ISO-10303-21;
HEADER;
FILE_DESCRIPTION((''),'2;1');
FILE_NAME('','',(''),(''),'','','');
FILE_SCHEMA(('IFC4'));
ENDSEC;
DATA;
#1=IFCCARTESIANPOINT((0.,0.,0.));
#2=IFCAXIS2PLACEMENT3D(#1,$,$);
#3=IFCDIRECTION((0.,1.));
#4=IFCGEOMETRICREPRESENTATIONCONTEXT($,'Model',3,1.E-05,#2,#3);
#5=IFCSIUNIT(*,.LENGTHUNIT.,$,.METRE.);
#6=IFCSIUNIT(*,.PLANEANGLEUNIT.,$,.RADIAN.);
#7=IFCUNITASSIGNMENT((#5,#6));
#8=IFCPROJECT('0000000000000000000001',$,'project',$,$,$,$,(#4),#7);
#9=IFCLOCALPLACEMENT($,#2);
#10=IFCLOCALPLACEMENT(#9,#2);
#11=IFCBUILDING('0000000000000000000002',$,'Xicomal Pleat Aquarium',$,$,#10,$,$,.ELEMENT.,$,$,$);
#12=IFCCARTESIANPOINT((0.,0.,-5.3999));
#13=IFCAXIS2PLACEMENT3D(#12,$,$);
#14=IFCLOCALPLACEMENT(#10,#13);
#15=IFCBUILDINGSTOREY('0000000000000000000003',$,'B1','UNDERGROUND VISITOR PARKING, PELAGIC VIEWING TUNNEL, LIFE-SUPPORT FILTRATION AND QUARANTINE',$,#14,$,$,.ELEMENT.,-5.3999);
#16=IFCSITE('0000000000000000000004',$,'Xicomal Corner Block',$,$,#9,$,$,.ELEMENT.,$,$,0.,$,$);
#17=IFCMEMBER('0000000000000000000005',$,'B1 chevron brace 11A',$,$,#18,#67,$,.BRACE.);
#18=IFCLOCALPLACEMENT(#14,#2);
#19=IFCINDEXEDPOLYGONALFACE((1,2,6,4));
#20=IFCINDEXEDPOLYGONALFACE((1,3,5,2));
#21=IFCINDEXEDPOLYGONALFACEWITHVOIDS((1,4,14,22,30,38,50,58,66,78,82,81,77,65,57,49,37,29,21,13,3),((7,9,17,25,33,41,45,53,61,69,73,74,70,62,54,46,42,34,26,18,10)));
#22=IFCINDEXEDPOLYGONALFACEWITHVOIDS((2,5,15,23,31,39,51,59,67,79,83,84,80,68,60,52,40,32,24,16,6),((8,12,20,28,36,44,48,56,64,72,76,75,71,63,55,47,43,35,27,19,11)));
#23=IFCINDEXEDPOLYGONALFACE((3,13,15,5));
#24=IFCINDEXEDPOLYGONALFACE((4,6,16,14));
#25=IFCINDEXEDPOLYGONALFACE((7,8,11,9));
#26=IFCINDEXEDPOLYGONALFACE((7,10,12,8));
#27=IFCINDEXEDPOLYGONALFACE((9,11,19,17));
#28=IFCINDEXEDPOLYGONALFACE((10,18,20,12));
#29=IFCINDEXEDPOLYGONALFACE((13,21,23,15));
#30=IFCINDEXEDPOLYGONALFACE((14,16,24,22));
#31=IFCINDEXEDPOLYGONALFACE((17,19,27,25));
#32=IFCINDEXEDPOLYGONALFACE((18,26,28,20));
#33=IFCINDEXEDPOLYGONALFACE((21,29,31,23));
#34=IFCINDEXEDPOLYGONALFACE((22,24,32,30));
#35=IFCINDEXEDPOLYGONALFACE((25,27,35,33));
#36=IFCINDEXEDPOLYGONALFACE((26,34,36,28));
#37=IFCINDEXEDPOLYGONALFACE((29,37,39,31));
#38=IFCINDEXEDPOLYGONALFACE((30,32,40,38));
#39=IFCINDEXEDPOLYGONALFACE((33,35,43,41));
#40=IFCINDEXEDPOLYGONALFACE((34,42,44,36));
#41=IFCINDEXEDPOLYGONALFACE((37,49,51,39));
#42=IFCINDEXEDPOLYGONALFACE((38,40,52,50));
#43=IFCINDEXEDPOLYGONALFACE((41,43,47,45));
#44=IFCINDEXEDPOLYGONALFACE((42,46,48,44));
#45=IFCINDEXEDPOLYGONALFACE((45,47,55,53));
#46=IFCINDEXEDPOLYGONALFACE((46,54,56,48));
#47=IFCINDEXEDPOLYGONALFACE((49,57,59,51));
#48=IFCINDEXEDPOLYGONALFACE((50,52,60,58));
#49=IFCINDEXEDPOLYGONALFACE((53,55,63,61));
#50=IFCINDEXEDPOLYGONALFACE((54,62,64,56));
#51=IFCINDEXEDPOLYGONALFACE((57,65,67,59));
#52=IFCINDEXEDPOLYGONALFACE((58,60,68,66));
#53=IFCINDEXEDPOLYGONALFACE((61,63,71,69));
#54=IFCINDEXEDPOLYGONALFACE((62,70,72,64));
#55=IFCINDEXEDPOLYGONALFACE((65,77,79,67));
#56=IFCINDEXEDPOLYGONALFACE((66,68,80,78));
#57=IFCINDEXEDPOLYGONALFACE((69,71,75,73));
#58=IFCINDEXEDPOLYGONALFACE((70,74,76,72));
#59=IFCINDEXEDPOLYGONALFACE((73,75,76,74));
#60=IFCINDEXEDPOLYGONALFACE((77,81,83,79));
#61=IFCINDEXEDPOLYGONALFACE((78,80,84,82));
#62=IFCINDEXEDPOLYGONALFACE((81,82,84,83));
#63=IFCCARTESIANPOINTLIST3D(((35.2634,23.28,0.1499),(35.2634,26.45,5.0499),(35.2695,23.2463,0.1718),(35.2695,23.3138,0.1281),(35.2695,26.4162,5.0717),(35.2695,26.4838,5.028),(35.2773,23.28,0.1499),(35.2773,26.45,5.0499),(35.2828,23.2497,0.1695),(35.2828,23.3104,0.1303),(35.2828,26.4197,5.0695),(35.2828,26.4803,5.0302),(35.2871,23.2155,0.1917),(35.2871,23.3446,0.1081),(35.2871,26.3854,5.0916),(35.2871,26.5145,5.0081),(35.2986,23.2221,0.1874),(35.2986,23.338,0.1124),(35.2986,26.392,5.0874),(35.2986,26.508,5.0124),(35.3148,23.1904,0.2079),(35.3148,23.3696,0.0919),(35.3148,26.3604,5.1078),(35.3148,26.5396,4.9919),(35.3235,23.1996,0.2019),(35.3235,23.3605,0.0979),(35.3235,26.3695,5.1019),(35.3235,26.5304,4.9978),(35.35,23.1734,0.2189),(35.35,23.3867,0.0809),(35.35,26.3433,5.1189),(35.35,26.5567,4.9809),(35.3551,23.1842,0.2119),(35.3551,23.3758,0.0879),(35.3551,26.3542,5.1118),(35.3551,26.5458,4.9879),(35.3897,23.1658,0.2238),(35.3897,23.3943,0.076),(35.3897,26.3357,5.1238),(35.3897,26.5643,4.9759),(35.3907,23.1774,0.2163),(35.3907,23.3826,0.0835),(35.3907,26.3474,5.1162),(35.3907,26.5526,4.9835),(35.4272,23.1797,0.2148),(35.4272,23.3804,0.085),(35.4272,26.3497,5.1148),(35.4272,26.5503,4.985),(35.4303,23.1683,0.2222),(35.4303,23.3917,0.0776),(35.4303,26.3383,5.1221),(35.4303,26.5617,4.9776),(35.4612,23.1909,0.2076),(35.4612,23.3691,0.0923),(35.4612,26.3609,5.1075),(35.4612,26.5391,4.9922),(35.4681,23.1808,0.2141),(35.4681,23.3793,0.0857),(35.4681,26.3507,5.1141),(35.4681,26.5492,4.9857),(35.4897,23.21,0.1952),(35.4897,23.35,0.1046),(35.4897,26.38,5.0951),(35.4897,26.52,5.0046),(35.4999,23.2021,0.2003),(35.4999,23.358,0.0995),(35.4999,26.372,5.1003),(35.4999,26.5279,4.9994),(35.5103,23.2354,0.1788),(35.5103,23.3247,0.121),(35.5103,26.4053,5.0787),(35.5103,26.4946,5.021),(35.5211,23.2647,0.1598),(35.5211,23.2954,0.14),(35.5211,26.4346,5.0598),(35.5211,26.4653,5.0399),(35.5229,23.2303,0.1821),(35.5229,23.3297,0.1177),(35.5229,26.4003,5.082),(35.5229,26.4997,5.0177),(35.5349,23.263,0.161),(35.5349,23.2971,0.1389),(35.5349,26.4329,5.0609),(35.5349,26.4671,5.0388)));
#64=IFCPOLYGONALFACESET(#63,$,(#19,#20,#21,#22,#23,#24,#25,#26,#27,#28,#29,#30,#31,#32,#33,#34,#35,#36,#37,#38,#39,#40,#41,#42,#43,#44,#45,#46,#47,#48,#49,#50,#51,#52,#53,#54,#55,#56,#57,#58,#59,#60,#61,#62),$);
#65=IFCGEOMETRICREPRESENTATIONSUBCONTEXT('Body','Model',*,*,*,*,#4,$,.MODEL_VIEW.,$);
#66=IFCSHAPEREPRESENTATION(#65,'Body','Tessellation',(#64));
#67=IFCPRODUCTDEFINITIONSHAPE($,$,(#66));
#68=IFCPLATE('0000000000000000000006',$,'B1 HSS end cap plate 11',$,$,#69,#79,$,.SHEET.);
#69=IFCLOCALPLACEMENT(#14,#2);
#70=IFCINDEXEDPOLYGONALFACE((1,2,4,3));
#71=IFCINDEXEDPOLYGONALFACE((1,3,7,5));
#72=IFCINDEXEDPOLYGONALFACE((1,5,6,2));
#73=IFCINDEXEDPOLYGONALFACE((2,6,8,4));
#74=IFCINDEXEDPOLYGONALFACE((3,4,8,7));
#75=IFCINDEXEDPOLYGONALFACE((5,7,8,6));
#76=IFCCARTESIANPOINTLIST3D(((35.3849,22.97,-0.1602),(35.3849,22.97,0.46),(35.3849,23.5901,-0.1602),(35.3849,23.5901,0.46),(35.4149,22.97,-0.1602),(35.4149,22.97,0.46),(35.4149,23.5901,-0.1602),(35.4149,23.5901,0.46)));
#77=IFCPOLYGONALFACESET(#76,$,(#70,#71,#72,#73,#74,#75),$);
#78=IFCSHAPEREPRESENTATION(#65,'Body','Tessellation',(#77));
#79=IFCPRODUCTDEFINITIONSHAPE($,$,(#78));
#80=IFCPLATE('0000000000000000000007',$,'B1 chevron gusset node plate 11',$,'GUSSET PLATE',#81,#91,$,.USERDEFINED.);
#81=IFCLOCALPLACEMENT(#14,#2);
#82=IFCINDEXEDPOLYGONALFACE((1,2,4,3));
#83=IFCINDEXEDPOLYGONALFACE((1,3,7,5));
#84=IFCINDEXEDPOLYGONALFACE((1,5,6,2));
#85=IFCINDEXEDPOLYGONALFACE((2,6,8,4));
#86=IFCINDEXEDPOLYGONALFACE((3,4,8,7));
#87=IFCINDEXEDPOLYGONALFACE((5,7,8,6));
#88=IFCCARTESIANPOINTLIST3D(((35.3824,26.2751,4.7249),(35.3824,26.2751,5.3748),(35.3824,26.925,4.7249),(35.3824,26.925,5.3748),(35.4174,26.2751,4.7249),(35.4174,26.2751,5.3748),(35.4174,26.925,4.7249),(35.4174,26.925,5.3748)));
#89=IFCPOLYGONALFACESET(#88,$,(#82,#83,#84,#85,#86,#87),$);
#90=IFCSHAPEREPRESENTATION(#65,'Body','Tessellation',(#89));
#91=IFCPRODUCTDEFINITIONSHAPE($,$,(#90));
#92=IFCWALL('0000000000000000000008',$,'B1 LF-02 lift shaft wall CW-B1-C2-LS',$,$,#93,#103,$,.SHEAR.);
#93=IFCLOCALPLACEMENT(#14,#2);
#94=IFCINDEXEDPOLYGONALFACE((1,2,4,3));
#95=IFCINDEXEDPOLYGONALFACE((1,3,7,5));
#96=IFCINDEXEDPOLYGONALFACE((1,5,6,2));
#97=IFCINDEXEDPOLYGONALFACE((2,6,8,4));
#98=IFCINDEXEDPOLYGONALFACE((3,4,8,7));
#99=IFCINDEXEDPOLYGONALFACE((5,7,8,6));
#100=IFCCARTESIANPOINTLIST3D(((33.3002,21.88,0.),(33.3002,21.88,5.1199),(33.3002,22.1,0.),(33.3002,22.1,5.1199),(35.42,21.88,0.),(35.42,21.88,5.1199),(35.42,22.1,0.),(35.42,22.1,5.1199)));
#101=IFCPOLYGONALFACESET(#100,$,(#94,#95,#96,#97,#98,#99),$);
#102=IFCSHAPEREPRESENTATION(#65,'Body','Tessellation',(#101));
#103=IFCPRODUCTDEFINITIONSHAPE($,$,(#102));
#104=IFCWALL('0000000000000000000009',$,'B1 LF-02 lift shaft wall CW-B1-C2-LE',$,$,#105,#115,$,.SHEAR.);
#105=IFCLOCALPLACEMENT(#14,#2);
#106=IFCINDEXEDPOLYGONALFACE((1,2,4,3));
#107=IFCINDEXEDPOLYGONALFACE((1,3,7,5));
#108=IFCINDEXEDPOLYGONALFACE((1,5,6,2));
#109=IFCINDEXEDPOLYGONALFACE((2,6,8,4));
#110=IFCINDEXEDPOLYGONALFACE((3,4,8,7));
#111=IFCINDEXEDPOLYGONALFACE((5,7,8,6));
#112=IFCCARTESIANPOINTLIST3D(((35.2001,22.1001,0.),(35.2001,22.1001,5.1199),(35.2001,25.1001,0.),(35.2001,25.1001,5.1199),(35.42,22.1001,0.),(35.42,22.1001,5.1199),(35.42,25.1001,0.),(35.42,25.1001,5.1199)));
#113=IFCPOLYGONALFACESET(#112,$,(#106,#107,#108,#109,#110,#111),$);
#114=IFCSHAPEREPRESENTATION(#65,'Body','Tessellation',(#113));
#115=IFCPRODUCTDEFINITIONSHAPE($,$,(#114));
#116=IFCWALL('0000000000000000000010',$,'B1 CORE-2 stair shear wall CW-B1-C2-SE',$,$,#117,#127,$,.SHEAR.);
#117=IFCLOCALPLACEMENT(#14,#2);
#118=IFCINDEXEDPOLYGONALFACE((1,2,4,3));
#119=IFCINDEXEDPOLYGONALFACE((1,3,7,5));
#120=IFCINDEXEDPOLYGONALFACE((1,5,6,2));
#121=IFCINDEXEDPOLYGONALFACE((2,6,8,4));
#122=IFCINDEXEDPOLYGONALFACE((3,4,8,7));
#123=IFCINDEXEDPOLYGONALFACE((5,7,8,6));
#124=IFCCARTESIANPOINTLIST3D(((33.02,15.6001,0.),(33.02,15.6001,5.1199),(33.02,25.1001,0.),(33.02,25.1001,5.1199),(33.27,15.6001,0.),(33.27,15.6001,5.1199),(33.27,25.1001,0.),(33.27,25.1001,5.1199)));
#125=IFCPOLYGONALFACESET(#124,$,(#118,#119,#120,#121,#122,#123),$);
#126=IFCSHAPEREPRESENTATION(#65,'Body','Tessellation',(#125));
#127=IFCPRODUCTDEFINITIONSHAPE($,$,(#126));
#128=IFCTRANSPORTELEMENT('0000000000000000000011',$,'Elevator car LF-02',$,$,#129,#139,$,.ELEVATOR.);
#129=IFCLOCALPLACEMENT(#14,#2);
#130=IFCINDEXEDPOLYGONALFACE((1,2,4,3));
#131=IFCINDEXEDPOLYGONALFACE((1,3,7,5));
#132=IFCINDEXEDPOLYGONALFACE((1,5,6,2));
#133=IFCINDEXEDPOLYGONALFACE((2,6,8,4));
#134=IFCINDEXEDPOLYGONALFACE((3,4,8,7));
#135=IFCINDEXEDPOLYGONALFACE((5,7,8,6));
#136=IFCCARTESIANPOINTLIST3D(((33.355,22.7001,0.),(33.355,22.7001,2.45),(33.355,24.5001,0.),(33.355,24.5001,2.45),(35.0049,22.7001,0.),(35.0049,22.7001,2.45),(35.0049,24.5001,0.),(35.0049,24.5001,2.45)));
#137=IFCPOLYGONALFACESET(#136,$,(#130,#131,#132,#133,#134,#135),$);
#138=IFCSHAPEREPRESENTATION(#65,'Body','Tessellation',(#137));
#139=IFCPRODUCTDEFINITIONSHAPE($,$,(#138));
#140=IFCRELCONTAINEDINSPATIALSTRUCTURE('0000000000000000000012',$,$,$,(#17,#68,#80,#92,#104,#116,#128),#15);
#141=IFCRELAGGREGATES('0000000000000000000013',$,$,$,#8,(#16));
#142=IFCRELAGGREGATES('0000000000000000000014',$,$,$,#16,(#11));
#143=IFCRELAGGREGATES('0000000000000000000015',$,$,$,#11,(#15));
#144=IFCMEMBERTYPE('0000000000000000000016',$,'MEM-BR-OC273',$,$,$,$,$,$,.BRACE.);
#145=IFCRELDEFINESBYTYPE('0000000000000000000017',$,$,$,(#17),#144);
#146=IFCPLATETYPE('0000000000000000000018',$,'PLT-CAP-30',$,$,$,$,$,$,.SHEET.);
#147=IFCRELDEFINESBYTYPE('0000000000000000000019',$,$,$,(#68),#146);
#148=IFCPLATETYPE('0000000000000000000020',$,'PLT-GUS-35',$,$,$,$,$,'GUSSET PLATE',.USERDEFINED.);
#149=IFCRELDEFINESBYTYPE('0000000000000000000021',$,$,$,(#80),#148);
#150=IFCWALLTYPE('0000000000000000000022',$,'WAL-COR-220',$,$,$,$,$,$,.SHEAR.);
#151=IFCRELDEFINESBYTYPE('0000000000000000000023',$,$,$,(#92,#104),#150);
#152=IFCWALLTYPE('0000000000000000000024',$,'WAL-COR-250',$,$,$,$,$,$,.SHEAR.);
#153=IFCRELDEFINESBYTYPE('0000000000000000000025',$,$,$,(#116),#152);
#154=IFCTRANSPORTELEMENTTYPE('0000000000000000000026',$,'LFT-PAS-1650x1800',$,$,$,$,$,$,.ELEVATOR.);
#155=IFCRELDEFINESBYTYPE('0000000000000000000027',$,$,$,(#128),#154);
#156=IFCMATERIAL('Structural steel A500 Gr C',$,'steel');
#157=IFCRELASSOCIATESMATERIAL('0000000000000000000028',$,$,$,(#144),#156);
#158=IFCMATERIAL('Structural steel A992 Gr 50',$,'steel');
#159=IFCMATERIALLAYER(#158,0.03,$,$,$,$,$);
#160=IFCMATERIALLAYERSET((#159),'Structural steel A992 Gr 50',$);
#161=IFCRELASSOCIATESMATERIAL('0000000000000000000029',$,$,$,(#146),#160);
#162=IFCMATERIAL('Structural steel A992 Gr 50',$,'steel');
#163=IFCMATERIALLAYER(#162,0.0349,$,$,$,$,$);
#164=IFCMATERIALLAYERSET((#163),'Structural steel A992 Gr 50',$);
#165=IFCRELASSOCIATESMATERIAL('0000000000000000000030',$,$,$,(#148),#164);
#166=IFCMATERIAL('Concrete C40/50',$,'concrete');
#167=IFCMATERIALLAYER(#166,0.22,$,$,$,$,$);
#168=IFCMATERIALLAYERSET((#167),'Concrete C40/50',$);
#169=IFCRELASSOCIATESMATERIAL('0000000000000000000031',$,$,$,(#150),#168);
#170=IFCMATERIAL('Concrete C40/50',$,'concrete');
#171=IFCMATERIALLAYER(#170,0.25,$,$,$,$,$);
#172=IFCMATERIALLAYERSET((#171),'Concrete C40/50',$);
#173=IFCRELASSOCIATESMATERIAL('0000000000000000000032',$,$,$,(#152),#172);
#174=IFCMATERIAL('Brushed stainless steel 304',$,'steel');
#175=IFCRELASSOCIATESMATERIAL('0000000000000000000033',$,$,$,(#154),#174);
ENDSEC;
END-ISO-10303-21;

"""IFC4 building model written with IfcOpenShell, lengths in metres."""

from ifc_helpers import new_model, si_unit, direction, frame, frame_2d, origin, origin_2d, place, context, subcontext, project, spatial, rectangle, hollow_circle, extrude, material, layer, layer_set, material_profile, profile_set, type_object, element, save


model = new_model("IFC4")

# Units and contexts
model_context = context("Model", 3, precision=1e-05, world=origin(), true_north=direction((0.0, 1.0)))
body_context = subcontext(model_context, "Body", "Model", "MODEL_VIEW")
ifc_project = project(units=[si_unit("LENGTHUNIT", "METRE"), si_unit("PLANEANGLEUNIT", "RADIAN")], contexts=[model_context])

# Site, building, storey
site_placement = place(None, origin())
site = spatial("IfcSite", under=ifc_project, at=site_placement, Name="Xicomal Corner Block", CompositionType="ELEMENT", RefElevation=0.0)
building_placement = place(site_placement, origin())
building = spatial("IfcBuilding", under=site, at=building_placement, Name="Xicomal Pleat Aquarium", CompositionType="ELEMENT")
storey_placement = place(building_placement, frame((0.0, 0.0, -5.3999)))
storey = spatial("IfcBuildingStorey", under=building, at=storey_placement, Name="B1", Description="UNDERGROUND VISITOR PARKING, PELAGIC VIEWING TUNNEL, LIFE-SUPPORT FILTRATION AND QUARANTINE", CompositionType="ELEMENT", Elevation=-5.3999)

# Member
ifc_material_1 = material(Name="Structural steel A500 Gr C", Category="steel")
ifc_material_profile_1 = material_profile(ifc_material_1, hollow_circle(Radius=0.1365, WallThickness=0.0139, at=origin_2d()), Name="OC 273x14")
ifc_profile_set_1 = profile_set([ifc_material_profile_1], Name="Structural steel A500 Gr C")
member_type = type_object("IfcMemberType", Name="MEM-BR-OC273", PredefinedType="BRACE", material=ifc_profile_set_1)
member_placement = place(storey_placement, frame((35.3999, 23.28, 0.1499), z_axis=(0.0, 0.543178, 0.839617), x_axis=(-1.0, 0.0, 0.0)))
element("IfcMember", 1, at=member_placement, inside=storey, type_object=member_type, Name="B1 chevron brace 11A", PredefinedType="BRACE", context=body_context, shape_type="SweptSolid", body=[
    extrude(hollow_circle(Radius=0.1365, WallThickness=0.0139, at=origin_2d()), origin(), (0.0, 0.0, 1.0), 5.8359),
])

# Plates
ifc_material_2 = material(Name="Structural steel A992 Gr 50", Category="steel")
ifc_layer_1 = layer(ifc_material_2, 0.03)
ifc_layer_set_1 = layer_set([ifc_layer_1], Name="Structural steel A992 Gr 50")
plate_type_1 = type_object("IfcPlateType", Name="PLT-CAP-30", PredefinedType="SHEET", material=ifc_layer_set_1)
plate_1_placement = place(storey_placement, frame((35.3999, 23.28, -0.1602), z_axis=(0.0, 0.0, 1.0), x_axis=(0.0, 1.0, 0.0)))
element("IfcPlate", 2, at=plate_1_placement, inside=storey, type_object=plate_type_1, Name="B1 HSS end cap plate 11", PredefinedType="SHEET", context=body_context, shape_type="SweptSolid", body=[
    extrude(rectangle(XDim=0.6201, YDim=0.03, at=origin_2d()), origin(), (0.0, 0.0, 1.0), 0.6201),
])
ifc_material_3 = material(Name="Structural steel A992 Gr 50", Category="steel")
ifc_layer_2 = layer(ifc_material_3, 0.0349)
ifc_layer_set_2 = layer_set([ifc_layer_2], Name="Structural steel A992 Gr 50")
plate_type_2 = type_object("IfcPlateType", Name="PLT-GUS-35", ElementType="GUSSET PLATE", PredefinedType="USERDEFINED", material=ifc_layer_set_2)
plate_2_placement = place(storey_placement, frame((35.3999, 26.6001, 4.7249), z_axis=(0.0, 0.0, 1.0), x_axis=(0.0, 1.0, 0.0)))
element("IfcPlate", 3, at=plate_2_placement, inside=storey, type_object=plate_type_2, Name="B1 chevron gusset node plate 11", ObjectType="GUSSET PLATE", PredefinedType="USERDEFINED", context=body_context, shape_type="SweptSolid", body=[
    extrude(rectangle(XDim=0.6499, YDim=0.0349, at=origin_2d()), origin(), (0.0, 0.0, 1.0), 0.6499),
])

# Wall
ifc_material_4 = material(Name="Concrete C40/50", Category="concrete")
ifc_layer_3 = layer(ifc_material_4, 0.22)
ifc_layer_set_3 = layer_set([ifc_layer_3], Name="Concrete C40/50")
wall_type_1 = type_object("IfcWallType", Name="WAL-COR-220", PredefinedType="SHEAR", material=ifc_layer_set_3)
wall_1_placement = place(storey_placement, frame((33.3, 21.99, 0.0), z_axis=(0.0, 0.0, 1.0), x_axis=(1.0, 0.0, 0.0)))
element("IfcWall", 4, at=wall_1_placement, inside=storey, type_object=wall_type_1, Name="B1 LF-02 lift shaft wall CW-B1-C2-LS", PredefinedType="SHEAR", context=body_context, shape_type="SweptSolid", body=[
    extrude(rectangle(XDim=2.1199, YDim=0.22, at=frame_2d((1.0601, 0.0))), origin(), (0.0, 0.0, 1.0), 5.1199),
])

# Walls
wall_2_placement = place(storey_placement, frame((35.3101, 22.1001, 0.0), z_axis=(0.0, 0.0, 1.0), x_axis=(0.0, 1.0, 0.0)))
element("IfcWall", 5, at=wall_2_placement, inside=storey, type_object=wall_type_1, Name="B1 LF-02 lift shaft wall CW-B1-C2-LE", PredefinedType="SHEAR", context=body_context, shape_type="SweptSolid", body=[
    extrude(rectangle(XDim=3.0, YDim=0.22, at=frame_2d((1.5, 0.0))), origin(), (0.0, 0.0, 1.0), 5.1199),
])
ifc_material_5 = material(Name="Concrete C40/50", Category="concrete")
ifc_layer_4 = layer(ifc_material_5, 0.25)
ifc_layer_set_4 = layer_set([ifc_layer_4], Name="Concrete C40/50")
wall_type_2 = type_object("IfcWallType", Name="WAL-COR-250", PredefinedType="SHEAR", material=ifc_layer_set_4)
wall_3_placement = place(storey_placement, frame((33.145, 15.6001, 0.0), z_axis=(0.0, 0.0, 1.0), x_axis=(0.0, 1.0, 0.0)))
element("IfcWall", 6, at=wall_3_placement, inside=storey, type_object=wall_type_2, Name="B1 CORE-2 stair shear wall CW-B1-C2-SE", PredefinedType="SHEAR", context=body_context, shape_type="SweptSolid", body=[
    extrude(rectangle(XDim=9.5, YDim=0.25, at=frame_2d((4.75, 0.0))), origin(), (0.0, 0.0, 1.0), 5.1199),
])

# Transport element
ifc_material_6 = material(Name="Brushed stainless steel 304", Category="steel")
transport_element_type = type_object("IfcTransportElementType", Name="LFT-PAS-1650x1800", PredefinedType="ELEVATOR", material=ifc_material_6)
transport_element_placement = place(storey_placement, frame((34.1799, 23.6001, 0.0), z_axis=(0.0, 0.0, 1.0), x_axis=(1.0, 0.0, 0.0)))
element("IfcTransportElement", 7, at=transport_element_placement, inside=storey, type_object=transport_element_type, Name="Elevator car LF-02", PredefinedType="ELEVATOR", context=body_context, shape_type="SweptSolid", body=[
    extrude(rectangle(XDim=1.6499, YDim=1.8, at=origin_2d()), origin(), (0.0, 0.0, 1.0), 2.45),
])

save(model, "model.ifc")
